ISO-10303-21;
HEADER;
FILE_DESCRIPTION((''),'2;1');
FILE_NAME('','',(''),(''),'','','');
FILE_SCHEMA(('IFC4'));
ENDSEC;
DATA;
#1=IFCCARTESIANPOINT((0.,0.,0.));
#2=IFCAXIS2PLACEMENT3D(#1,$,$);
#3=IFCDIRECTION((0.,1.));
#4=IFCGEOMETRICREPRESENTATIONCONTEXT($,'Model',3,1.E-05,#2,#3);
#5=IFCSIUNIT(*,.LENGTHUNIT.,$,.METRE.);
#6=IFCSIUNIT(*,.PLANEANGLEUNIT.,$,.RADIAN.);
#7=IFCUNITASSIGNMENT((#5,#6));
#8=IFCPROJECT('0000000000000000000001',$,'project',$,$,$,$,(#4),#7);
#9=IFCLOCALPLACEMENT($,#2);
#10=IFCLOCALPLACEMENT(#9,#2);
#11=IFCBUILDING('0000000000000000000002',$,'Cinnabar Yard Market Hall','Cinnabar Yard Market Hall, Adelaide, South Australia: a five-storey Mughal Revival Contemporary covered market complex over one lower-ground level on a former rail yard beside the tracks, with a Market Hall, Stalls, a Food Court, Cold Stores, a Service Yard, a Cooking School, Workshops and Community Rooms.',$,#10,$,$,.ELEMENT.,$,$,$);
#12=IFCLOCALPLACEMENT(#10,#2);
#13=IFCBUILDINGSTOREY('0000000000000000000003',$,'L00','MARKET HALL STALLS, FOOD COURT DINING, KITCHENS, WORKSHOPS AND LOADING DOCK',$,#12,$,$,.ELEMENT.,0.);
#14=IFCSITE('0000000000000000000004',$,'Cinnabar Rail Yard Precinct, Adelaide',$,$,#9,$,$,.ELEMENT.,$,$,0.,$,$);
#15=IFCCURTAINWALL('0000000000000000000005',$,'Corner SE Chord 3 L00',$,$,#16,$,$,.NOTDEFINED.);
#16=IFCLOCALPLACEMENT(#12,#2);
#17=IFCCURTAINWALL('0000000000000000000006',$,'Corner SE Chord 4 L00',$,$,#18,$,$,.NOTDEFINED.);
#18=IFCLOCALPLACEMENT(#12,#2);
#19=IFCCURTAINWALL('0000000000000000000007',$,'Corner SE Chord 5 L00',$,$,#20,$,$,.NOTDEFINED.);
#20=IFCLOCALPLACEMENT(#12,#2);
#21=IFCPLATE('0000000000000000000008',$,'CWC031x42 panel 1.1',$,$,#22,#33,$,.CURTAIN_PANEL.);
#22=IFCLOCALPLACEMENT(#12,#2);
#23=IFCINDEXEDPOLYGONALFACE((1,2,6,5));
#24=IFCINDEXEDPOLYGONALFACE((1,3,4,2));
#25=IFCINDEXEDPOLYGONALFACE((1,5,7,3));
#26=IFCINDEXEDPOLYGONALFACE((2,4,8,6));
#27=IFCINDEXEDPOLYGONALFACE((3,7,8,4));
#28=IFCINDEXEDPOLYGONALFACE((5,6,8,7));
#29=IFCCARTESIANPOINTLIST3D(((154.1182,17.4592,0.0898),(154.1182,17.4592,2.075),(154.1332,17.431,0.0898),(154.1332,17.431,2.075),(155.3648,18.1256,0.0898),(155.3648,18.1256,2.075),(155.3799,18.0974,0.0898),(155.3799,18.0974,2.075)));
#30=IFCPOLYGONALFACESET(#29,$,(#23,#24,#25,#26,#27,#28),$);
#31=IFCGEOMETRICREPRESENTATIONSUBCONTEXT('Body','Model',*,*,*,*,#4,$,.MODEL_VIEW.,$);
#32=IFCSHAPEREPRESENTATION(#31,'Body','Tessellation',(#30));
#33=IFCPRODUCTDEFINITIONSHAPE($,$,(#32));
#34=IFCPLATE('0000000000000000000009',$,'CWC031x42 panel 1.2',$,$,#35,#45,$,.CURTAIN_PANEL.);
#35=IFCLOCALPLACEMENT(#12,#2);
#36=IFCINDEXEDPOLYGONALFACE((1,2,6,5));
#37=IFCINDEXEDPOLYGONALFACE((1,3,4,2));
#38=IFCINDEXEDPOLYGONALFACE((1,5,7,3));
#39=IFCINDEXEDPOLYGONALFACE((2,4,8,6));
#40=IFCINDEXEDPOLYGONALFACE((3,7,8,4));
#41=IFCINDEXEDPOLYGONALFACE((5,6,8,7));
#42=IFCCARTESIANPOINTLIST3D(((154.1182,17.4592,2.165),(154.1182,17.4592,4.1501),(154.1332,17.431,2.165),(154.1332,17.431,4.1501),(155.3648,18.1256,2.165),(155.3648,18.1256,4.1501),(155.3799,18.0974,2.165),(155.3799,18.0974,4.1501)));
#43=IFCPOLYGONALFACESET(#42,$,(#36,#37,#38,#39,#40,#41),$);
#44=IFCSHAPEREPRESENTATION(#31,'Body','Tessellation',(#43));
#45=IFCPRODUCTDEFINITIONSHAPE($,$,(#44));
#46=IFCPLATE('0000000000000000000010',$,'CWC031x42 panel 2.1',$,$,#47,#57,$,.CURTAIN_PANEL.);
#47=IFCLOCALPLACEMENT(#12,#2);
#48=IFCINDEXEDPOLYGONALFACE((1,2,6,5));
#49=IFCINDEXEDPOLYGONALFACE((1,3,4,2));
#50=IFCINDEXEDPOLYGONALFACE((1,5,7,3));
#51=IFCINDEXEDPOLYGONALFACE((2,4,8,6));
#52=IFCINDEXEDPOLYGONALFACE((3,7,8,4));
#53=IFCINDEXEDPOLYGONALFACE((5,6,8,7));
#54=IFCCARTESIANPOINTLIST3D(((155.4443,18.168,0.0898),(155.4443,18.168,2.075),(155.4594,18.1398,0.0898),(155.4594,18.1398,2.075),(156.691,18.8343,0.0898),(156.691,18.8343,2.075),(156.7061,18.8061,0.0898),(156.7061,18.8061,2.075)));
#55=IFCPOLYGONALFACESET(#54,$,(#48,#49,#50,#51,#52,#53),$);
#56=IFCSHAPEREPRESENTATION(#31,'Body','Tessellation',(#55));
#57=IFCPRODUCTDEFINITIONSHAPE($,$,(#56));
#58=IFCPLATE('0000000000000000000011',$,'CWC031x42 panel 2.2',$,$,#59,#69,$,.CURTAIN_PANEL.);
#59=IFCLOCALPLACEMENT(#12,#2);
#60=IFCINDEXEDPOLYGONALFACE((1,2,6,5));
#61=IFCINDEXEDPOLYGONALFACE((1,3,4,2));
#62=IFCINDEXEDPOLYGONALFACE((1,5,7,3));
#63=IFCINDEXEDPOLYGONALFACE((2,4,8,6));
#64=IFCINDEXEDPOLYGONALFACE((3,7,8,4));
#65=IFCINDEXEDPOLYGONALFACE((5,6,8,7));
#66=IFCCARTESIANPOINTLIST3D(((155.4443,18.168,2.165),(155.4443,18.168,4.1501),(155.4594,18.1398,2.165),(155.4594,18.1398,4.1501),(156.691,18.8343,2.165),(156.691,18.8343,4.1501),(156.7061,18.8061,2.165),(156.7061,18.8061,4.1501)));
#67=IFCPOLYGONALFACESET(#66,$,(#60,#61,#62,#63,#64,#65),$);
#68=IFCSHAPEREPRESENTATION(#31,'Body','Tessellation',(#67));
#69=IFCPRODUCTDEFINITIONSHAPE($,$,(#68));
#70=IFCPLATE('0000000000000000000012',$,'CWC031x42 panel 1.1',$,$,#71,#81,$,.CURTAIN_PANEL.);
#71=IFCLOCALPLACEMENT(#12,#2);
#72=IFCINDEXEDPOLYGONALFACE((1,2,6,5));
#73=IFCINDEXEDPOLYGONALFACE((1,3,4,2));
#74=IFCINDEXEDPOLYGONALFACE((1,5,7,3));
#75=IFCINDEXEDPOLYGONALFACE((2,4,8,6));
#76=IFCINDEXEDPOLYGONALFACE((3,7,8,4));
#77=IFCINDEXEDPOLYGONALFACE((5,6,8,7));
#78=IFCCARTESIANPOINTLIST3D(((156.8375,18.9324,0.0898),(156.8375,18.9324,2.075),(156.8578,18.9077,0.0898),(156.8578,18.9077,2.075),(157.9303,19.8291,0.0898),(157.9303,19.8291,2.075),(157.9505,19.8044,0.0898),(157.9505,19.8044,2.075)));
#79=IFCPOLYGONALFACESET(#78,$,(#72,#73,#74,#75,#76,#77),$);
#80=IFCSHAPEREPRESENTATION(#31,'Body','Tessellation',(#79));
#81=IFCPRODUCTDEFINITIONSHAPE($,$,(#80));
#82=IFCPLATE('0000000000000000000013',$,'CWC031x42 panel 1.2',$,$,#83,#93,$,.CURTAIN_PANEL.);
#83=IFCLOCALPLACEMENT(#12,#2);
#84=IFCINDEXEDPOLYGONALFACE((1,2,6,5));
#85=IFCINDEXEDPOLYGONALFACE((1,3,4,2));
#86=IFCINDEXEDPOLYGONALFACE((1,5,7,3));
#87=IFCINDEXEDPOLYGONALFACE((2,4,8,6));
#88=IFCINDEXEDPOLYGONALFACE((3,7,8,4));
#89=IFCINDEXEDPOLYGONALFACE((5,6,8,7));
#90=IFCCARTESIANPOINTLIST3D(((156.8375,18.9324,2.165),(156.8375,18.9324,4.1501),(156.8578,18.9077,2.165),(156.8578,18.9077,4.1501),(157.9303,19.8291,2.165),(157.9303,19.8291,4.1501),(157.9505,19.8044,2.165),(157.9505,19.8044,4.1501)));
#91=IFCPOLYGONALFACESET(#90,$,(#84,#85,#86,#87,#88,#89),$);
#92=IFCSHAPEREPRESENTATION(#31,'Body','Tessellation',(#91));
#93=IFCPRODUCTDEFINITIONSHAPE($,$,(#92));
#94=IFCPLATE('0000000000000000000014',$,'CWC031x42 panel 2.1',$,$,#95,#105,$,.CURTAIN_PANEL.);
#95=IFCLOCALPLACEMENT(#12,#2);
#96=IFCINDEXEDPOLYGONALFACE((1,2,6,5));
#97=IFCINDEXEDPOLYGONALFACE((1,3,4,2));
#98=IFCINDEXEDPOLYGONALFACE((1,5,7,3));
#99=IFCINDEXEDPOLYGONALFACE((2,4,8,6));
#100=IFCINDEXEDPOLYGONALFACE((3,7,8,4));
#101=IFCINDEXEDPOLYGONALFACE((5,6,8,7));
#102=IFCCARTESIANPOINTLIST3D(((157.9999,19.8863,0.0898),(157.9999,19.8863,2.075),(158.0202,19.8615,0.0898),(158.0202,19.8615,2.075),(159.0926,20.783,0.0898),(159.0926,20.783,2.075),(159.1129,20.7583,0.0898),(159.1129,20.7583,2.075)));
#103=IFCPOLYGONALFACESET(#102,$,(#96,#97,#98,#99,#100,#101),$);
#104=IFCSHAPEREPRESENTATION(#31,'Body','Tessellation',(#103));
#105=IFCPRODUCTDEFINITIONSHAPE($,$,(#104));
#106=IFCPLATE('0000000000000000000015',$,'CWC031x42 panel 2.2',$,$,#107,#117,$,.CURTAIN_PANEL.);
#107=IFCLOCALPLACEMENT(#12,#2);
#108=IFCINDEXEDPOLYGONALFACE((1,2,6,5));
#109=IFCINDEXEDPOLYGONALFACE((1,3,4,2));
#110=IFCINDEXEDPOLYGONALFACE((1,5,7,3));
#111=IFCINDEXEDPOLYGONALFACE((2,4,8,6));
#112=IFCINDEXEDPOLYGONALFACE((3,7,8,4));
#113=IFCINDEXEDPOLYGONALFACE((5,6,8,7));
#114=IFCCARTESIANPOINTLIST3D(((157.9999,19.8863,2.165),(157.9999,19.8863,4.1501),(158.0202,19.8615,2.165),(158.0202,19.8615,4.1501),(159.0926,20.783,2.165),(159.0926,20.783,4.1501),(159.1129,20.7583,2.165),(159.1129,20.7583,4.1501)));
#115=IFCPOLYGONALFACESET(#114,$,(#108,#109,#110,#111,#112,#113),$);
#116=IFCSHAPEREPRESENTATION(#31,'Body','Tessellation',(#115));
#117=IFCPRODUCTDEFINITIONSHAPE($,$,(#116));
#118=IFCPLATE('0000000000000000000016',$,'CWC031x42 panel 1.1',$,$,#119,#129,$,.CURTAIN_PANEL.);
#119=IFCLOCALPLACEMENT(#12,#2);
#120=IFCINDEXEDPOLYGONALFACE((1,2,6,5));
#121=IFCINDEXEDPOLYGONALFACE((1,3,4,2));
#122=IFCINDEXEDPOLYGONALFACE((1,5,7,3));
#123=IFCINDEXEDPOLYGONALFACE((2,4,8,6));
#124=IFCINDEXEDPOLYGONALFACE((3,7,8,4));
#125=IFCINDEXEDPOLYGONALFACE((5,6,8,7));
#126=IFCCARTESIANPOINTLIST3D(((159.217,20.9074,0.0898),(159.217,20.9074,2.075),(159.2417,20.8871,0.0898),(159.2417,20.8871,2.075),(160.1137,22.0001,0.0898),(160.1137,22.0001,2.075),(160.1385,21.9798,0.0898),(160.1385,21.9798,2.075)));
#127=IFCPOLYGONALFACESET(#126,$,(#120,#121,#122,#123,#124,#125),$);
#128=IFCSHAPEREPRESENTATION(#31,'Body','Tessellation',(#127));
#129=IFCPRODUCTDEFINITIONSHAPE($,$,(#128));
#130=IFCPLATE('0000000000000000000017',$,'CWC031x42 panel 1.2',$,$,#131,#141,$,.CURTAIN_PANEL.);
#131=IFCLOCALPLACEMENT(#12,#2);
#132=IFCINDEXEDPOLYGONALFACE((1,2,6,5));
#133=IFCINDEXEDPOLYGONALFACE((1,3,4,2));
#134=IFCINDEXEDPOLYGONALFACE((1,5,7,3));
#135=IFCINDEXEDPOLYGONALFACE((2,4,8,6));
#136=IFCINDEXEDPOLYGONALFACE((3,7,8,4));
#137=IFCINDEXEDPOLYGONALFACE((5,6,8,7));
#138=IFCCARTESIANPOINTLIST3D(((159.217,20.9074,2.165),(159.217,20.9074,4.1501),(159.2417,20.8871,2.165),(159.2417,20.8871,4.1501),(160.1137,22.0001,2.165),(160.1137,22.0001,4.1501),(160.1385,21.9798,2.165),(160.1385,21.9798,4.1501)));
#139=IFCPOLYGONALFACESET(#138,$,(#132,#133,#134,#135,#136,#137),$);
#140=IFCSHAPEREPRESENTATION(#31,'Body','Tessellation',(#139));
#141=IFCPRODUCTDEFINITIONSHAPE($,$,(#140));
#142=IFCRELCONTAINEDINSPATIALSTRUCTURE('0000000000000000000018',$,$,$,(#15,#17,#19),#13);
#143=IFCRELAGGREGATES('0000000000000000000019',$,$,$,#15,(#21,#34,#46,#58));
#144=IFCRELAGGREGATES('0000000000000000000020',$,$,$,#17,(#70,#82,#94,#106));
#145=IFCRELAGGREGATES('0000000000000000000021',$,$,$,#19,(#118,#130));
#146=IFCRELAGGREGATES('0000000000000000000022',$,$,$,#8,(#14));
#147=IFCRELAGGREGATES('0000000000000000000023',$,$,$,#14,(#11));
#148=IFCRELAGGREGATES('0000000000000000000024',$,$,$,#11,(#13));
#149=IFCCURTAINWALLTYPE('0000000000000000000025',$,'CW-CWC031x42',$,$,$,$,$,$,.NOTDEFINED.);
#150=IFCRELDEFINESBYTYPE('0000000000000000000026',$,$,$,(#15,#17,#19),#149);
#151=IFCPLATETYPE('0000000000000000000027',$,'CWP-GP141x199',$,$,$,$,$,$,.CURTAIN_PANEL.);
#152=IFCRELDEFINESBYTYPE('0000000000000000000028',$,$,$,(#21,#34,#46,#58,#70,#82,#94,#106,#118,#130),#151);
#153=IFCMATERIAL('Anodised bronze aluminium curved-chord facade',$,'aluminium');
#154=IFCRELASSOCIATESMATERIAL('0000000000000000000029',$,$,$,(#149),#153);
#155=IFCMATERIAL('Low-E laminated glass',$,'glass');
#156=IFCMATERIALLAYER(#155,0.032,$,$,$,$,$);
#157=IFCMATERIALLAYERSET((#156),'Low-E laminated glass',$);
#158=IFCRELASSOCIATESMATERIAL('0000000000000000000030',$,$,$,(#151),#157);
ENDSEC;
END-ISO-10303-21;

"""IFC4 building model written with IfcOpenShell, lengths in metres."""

from ifc_helpers import new_model, si_unit, direction, frame, origin, origin_2d_with_axis, place, context, subcontext, project, spatial, rectangle, extrude, material, layer, layer_set, type_object, element, aggregate, save


model = new_model("IFC4")

# Units and contexts
model_context = context("Model", 3, precision=1e-05, world=origin(), true_north=direction((0.0, 1.0)))
body_context = subcontext(model_context, "Body", "Model", "MODEL_VIEW")
ifc_project = project(units=[si_unit("LENGTHUNIT", "METRE"), si_unit("PLANEANGLEUNIT", "RADIAN")], contexts=[model_context])

# Site, building, storey
site_placement = place(None, origin())
site = spatial("IfcSite", under=ifc_project, at=site_placement, Name="Cinnabar Rail Yard Precinct, Adelaide", CompositionType="ELEMENT", RefElevation=0.0)
building_placement = place(site_placement, origin())
building = spatial("IfcBuilding", under=site, at=building_placement, Name="Cinnabar Yard Market Hall", Description="Cinnabar Yard Market Hall, Adelaide, South Australia: a five-storey Mughal Revival Contemporary covered market complex over one lower-ground level on a former rail yard beside the tracks, with a Market Hall, Stalls, a Food Court, Cold Stores, a Service Yard, a Cooking School, Workshops and Community Rooms.", CompositionType="ELEMENT")
storey_placement = place(building_placement, origin())
storey = spatial("IfcBuildingStorey", under=building, at=storey_placement, Name="L00", Description="MARKET HALL STALLS, FOOD COURT DINING, KITCHENS, WORKSHOPS AND LOADING DOCK", CompositionType="ELEMENT", Elevation=0.0)

# Curtain walls
ifc_material_1 = material(Name="Anodised bronze aluminium curved-chord facade", Category="aluminium")
curtain_wall_type = type_object("IfcCurtainWallType", Name="CW-CWC031x42", PredefinedType="NOTDEFINED", material=ifc_material_1)
curtain_wall_1_placement = place(storey_placement, origin())
curtain_wall_1 = element("IfcCurtainWall", 1, at=curtain_wall_1_placement, inside=storey, type_object=curtain_wall_type, Name="Corner SE Chord 3 L00", PredefinedType="NOTDEFINED")
curtain_wall_2_placement = place(storey_placement, origin())
curtain_wall_2 = element("IfcCurtainWall", 2, at=curtain_wall_2_placement, inside=storey, type_object=curtain_wall_type, Name="Corner SE Chord 4 L00", PredefinedType="NOTDEFINED")
curtain_wall_3_placement = place(storey_placement, origin())
curtain_wall_3 = element("IfcCurtainWall", 3, at=curtain_wall_3_placement, inside=storey, type_object=curtain_wall_type, Name="Corner SE Chord 5 L00", PredefinedType="NOTDEFINED")

# Plates
ifc_material_2 = material(Name="Low-E laminated glass", Category="glass")
ifc_layer = layer(ifc_material_2, 0.032)
ifc_layer_set = layer_set([ifc_layer], Name="Low-E laminated glass")
plate_type = type_object("IfcPlateType", Name="CWP-GP141x199", PredefinedType="CURTAIN_PANEL", material=ifc_layer_set)
plate_1_placement = place(storey_placement, frame((154.749, 17.7783, 0.0898), z_axis=(0.0, 0.0, 1.0), x_axis=(0.881917, 0.471404, 0.0)))
plate_1 = element("IfcPlate", 4, at=plate_1_placement, type_object=plate_type, Name="CWC031x42 panel 1.1", PredefinedType="CURTAIN_PANEL", context=body_context, shape_type="SweptSolid", body=[
    extrude(rectangle(XDim=1.4136, YDim=0.032, at=origin_2d_with_axis()), origin(), (0.0, 0.0, 1.0), 1.9851),
])
plate_2_placement = place(storey_placement, frame((154.749, 17.7783, 2.165), z_axis=(0.0, 0.0, 1.0), x_axis=(0.881917, 0.471404, 0.0)))
plate_2 = element("IfcPlate", 5, at=plate_2_placement, type_object=plate_type, Name="CWC031x42 panel 1.2", PredefinedType="CURTAIN_PANEL", context=body_context, shape_type="SweptSolid", body=[
    extrude(rectangle(XDim=1.4136, YDim=0.032, at=origin_2d_with_axis()), origin(), (0.0, 0.0, 1.0), 1.9851),
])
plate_3_placement = place(storey_placement, frame((156.0752, 18.4871, 0.0898), z_axis=(0.0, 0.0, 1.0), x_axis=(0.881917, 0.471404, 0.0)))
plate_3 = element("IfcPlate", 6, at=plate_3_placement, type_object=plate_type, Name="CWC031x42 panel 2.1", PredefinedType="CURTAIN_PANEL", context=body_context, shape_type="SweptSolid", body=[
    extrude(rectangle(XDim=1.4136, YDim=0.032, at=origin_2d_with_axis()), origin(), (0.0, 0.0, 1.0), 1.9851),
])
plate_4_placement = place(storey_placement, frame((156.0752, 18.4871, 2.165), z_axis=(0.0, 0.0, 1.0), x_axis=(0.881917, 0.471404, 0.0)))
plate_4 = element("IfcPlate", 7, at=plate_4_placement, type_object=plate_type, Name="CWC031x42 panel 2.2", PredefinedType="CURTAIN_PANEL", context=body_context, shape_type="SweptSolid", body=[
    extrude(rectangle(XDim=1.4136, YDim=0.032, at=origin_2d_with_axis()), origin(), (0.0, 0.0, 1.0), 1.9851),
])
aggregate(curtain_wall_1, [plate_1, plate_2, plate_3, plate_4])
plate_5_placement = place(storey_placement, frame((157.394, 19.3684, 0.0898), z_axis=(0.0, 0.0, 1.0), x_axis=(0.773019, 0.634383, 0.0)))
plate_5 = element("IfcPlate", 8, at=plate_5_placement, type_object=plate_type, Name="CWC031x42 panel 1.1", PredefinedType="CURTAIN_PANEL", context=body_context, shape_type="SweptSolid", body=[
    extrude(rectangle(XDim=1.4136, YDim=0.032, at=origin_2d_with_axis()), origin(), (0.0, 0.0, 1.0), 1.9851),
])
plate_6_placement = place(storey_placement, frame((157.394, 19.3684, 2.165), z_axis=(0.0, 0.0, 1.0), x_axis=(0.773019, 0.634383, 0.0)))
plate_6 = element("IfcPlate", 9, at=plate_6_placement, type_object=plate_type, Name="CWC031x42 panel 1.2", PredefinedType="CURTAIN_PANEL", context=body_context, shape_type="SweptSolid", body=[
    extrude(rectangle(XDim=1.4136, YDim=0.032, at=origin_2d_with_axis()), origin(), (0.0, 0.0, 1.0), 1.9851),
])
plate_7_placement = place(storey_placement, frame((158.5564, 20.3223, 0.0898), z_axis=(0.0, 0.0, 1.0), x_axis=(0.773019, 0.634383, 0.0)))
plate_7 = element("IfcPlate", 10, at=plate_7_placement, type_object=plate_type, Name="CWC031x42 panel 2.1", PredefinedType="CURTAIN_PANEL", context=body_context, shape_type="SweptSolid", body=[
    extrude(rectangle(XDim=1.4136, YDim=0.032, at=origin_2d_with_axis()), origin(), (0.0, 0.0, 1.0), 1.9851),
])
plate_8_placement = place(storey_placement, frame((158.5564, 20.3223, 2.165), z_axis=(0.0, 0.0, 1.0), x_axis=(0.773019, 0.634383, 0.0)))
plate_8 = element("IfcPlate", 11, at=plate_8_placement, type_object=plate_type, Name="CWC031x42 panel 2.2", PredefinedType="CURTAIN_PANEL", context=body_context, shape_type="SweptSolid", body=[
    extrude(rectangle(XDim=1.4136, YDim=0.032, at=origin_2d_with_axis()), origin(), (0.0, 0.0, 1.0), 1.9851),
])
aggregate(curtain_wall_2, [plate_5, plate_6, plate_7, plate_8])
plate_9_placement = place(storey_placement, frame((159.6777, 21.4436, 0.0898), z_axis=(0.0, 0.0, 1.0), x_axis=(0.634383, 0.773019, 0.0)))
plate_9 = element("IfcPlate", 12, at=plate_9_placement, type_object=plate_type, Name="CWC031x42 panel 1.1", PredefinedType="CURTAIN_PANEL", context=body_context, shape_type="SweptSolid", body=[
    extrude(rectangle(XDim=1.4136, YDim=0.032, at=origin_2d_with_axis()), origin(), (0.0, 0.0, 1.0), 1.9851),
])
plate_10_placement = place(storey_placement, frame((159.6777, 21.4436, 2.165), z_axis=(0.0, 0.0, 1.0), x_axis=(0.634383, 0.773019, 0.0)))
plate_10 = element("IfcPlate", 13, at=plate_10_placement, type_object=plate_type, Name="CWC031x42 panel 1.2", PredefinedType="CURTAIN_PANEL", context=body_context, shape_type="SweptSolid", body=[
    extrude(rectangle(XDim=1.4136, YDim=0.032, at=origin_2d_with_axis()), origin(), (0.0, 0.0, 1.0), 1.9851),
])
aggregate(curtain_wall_3, [plate_9, plate_10])

save(model, "model.ifc")
